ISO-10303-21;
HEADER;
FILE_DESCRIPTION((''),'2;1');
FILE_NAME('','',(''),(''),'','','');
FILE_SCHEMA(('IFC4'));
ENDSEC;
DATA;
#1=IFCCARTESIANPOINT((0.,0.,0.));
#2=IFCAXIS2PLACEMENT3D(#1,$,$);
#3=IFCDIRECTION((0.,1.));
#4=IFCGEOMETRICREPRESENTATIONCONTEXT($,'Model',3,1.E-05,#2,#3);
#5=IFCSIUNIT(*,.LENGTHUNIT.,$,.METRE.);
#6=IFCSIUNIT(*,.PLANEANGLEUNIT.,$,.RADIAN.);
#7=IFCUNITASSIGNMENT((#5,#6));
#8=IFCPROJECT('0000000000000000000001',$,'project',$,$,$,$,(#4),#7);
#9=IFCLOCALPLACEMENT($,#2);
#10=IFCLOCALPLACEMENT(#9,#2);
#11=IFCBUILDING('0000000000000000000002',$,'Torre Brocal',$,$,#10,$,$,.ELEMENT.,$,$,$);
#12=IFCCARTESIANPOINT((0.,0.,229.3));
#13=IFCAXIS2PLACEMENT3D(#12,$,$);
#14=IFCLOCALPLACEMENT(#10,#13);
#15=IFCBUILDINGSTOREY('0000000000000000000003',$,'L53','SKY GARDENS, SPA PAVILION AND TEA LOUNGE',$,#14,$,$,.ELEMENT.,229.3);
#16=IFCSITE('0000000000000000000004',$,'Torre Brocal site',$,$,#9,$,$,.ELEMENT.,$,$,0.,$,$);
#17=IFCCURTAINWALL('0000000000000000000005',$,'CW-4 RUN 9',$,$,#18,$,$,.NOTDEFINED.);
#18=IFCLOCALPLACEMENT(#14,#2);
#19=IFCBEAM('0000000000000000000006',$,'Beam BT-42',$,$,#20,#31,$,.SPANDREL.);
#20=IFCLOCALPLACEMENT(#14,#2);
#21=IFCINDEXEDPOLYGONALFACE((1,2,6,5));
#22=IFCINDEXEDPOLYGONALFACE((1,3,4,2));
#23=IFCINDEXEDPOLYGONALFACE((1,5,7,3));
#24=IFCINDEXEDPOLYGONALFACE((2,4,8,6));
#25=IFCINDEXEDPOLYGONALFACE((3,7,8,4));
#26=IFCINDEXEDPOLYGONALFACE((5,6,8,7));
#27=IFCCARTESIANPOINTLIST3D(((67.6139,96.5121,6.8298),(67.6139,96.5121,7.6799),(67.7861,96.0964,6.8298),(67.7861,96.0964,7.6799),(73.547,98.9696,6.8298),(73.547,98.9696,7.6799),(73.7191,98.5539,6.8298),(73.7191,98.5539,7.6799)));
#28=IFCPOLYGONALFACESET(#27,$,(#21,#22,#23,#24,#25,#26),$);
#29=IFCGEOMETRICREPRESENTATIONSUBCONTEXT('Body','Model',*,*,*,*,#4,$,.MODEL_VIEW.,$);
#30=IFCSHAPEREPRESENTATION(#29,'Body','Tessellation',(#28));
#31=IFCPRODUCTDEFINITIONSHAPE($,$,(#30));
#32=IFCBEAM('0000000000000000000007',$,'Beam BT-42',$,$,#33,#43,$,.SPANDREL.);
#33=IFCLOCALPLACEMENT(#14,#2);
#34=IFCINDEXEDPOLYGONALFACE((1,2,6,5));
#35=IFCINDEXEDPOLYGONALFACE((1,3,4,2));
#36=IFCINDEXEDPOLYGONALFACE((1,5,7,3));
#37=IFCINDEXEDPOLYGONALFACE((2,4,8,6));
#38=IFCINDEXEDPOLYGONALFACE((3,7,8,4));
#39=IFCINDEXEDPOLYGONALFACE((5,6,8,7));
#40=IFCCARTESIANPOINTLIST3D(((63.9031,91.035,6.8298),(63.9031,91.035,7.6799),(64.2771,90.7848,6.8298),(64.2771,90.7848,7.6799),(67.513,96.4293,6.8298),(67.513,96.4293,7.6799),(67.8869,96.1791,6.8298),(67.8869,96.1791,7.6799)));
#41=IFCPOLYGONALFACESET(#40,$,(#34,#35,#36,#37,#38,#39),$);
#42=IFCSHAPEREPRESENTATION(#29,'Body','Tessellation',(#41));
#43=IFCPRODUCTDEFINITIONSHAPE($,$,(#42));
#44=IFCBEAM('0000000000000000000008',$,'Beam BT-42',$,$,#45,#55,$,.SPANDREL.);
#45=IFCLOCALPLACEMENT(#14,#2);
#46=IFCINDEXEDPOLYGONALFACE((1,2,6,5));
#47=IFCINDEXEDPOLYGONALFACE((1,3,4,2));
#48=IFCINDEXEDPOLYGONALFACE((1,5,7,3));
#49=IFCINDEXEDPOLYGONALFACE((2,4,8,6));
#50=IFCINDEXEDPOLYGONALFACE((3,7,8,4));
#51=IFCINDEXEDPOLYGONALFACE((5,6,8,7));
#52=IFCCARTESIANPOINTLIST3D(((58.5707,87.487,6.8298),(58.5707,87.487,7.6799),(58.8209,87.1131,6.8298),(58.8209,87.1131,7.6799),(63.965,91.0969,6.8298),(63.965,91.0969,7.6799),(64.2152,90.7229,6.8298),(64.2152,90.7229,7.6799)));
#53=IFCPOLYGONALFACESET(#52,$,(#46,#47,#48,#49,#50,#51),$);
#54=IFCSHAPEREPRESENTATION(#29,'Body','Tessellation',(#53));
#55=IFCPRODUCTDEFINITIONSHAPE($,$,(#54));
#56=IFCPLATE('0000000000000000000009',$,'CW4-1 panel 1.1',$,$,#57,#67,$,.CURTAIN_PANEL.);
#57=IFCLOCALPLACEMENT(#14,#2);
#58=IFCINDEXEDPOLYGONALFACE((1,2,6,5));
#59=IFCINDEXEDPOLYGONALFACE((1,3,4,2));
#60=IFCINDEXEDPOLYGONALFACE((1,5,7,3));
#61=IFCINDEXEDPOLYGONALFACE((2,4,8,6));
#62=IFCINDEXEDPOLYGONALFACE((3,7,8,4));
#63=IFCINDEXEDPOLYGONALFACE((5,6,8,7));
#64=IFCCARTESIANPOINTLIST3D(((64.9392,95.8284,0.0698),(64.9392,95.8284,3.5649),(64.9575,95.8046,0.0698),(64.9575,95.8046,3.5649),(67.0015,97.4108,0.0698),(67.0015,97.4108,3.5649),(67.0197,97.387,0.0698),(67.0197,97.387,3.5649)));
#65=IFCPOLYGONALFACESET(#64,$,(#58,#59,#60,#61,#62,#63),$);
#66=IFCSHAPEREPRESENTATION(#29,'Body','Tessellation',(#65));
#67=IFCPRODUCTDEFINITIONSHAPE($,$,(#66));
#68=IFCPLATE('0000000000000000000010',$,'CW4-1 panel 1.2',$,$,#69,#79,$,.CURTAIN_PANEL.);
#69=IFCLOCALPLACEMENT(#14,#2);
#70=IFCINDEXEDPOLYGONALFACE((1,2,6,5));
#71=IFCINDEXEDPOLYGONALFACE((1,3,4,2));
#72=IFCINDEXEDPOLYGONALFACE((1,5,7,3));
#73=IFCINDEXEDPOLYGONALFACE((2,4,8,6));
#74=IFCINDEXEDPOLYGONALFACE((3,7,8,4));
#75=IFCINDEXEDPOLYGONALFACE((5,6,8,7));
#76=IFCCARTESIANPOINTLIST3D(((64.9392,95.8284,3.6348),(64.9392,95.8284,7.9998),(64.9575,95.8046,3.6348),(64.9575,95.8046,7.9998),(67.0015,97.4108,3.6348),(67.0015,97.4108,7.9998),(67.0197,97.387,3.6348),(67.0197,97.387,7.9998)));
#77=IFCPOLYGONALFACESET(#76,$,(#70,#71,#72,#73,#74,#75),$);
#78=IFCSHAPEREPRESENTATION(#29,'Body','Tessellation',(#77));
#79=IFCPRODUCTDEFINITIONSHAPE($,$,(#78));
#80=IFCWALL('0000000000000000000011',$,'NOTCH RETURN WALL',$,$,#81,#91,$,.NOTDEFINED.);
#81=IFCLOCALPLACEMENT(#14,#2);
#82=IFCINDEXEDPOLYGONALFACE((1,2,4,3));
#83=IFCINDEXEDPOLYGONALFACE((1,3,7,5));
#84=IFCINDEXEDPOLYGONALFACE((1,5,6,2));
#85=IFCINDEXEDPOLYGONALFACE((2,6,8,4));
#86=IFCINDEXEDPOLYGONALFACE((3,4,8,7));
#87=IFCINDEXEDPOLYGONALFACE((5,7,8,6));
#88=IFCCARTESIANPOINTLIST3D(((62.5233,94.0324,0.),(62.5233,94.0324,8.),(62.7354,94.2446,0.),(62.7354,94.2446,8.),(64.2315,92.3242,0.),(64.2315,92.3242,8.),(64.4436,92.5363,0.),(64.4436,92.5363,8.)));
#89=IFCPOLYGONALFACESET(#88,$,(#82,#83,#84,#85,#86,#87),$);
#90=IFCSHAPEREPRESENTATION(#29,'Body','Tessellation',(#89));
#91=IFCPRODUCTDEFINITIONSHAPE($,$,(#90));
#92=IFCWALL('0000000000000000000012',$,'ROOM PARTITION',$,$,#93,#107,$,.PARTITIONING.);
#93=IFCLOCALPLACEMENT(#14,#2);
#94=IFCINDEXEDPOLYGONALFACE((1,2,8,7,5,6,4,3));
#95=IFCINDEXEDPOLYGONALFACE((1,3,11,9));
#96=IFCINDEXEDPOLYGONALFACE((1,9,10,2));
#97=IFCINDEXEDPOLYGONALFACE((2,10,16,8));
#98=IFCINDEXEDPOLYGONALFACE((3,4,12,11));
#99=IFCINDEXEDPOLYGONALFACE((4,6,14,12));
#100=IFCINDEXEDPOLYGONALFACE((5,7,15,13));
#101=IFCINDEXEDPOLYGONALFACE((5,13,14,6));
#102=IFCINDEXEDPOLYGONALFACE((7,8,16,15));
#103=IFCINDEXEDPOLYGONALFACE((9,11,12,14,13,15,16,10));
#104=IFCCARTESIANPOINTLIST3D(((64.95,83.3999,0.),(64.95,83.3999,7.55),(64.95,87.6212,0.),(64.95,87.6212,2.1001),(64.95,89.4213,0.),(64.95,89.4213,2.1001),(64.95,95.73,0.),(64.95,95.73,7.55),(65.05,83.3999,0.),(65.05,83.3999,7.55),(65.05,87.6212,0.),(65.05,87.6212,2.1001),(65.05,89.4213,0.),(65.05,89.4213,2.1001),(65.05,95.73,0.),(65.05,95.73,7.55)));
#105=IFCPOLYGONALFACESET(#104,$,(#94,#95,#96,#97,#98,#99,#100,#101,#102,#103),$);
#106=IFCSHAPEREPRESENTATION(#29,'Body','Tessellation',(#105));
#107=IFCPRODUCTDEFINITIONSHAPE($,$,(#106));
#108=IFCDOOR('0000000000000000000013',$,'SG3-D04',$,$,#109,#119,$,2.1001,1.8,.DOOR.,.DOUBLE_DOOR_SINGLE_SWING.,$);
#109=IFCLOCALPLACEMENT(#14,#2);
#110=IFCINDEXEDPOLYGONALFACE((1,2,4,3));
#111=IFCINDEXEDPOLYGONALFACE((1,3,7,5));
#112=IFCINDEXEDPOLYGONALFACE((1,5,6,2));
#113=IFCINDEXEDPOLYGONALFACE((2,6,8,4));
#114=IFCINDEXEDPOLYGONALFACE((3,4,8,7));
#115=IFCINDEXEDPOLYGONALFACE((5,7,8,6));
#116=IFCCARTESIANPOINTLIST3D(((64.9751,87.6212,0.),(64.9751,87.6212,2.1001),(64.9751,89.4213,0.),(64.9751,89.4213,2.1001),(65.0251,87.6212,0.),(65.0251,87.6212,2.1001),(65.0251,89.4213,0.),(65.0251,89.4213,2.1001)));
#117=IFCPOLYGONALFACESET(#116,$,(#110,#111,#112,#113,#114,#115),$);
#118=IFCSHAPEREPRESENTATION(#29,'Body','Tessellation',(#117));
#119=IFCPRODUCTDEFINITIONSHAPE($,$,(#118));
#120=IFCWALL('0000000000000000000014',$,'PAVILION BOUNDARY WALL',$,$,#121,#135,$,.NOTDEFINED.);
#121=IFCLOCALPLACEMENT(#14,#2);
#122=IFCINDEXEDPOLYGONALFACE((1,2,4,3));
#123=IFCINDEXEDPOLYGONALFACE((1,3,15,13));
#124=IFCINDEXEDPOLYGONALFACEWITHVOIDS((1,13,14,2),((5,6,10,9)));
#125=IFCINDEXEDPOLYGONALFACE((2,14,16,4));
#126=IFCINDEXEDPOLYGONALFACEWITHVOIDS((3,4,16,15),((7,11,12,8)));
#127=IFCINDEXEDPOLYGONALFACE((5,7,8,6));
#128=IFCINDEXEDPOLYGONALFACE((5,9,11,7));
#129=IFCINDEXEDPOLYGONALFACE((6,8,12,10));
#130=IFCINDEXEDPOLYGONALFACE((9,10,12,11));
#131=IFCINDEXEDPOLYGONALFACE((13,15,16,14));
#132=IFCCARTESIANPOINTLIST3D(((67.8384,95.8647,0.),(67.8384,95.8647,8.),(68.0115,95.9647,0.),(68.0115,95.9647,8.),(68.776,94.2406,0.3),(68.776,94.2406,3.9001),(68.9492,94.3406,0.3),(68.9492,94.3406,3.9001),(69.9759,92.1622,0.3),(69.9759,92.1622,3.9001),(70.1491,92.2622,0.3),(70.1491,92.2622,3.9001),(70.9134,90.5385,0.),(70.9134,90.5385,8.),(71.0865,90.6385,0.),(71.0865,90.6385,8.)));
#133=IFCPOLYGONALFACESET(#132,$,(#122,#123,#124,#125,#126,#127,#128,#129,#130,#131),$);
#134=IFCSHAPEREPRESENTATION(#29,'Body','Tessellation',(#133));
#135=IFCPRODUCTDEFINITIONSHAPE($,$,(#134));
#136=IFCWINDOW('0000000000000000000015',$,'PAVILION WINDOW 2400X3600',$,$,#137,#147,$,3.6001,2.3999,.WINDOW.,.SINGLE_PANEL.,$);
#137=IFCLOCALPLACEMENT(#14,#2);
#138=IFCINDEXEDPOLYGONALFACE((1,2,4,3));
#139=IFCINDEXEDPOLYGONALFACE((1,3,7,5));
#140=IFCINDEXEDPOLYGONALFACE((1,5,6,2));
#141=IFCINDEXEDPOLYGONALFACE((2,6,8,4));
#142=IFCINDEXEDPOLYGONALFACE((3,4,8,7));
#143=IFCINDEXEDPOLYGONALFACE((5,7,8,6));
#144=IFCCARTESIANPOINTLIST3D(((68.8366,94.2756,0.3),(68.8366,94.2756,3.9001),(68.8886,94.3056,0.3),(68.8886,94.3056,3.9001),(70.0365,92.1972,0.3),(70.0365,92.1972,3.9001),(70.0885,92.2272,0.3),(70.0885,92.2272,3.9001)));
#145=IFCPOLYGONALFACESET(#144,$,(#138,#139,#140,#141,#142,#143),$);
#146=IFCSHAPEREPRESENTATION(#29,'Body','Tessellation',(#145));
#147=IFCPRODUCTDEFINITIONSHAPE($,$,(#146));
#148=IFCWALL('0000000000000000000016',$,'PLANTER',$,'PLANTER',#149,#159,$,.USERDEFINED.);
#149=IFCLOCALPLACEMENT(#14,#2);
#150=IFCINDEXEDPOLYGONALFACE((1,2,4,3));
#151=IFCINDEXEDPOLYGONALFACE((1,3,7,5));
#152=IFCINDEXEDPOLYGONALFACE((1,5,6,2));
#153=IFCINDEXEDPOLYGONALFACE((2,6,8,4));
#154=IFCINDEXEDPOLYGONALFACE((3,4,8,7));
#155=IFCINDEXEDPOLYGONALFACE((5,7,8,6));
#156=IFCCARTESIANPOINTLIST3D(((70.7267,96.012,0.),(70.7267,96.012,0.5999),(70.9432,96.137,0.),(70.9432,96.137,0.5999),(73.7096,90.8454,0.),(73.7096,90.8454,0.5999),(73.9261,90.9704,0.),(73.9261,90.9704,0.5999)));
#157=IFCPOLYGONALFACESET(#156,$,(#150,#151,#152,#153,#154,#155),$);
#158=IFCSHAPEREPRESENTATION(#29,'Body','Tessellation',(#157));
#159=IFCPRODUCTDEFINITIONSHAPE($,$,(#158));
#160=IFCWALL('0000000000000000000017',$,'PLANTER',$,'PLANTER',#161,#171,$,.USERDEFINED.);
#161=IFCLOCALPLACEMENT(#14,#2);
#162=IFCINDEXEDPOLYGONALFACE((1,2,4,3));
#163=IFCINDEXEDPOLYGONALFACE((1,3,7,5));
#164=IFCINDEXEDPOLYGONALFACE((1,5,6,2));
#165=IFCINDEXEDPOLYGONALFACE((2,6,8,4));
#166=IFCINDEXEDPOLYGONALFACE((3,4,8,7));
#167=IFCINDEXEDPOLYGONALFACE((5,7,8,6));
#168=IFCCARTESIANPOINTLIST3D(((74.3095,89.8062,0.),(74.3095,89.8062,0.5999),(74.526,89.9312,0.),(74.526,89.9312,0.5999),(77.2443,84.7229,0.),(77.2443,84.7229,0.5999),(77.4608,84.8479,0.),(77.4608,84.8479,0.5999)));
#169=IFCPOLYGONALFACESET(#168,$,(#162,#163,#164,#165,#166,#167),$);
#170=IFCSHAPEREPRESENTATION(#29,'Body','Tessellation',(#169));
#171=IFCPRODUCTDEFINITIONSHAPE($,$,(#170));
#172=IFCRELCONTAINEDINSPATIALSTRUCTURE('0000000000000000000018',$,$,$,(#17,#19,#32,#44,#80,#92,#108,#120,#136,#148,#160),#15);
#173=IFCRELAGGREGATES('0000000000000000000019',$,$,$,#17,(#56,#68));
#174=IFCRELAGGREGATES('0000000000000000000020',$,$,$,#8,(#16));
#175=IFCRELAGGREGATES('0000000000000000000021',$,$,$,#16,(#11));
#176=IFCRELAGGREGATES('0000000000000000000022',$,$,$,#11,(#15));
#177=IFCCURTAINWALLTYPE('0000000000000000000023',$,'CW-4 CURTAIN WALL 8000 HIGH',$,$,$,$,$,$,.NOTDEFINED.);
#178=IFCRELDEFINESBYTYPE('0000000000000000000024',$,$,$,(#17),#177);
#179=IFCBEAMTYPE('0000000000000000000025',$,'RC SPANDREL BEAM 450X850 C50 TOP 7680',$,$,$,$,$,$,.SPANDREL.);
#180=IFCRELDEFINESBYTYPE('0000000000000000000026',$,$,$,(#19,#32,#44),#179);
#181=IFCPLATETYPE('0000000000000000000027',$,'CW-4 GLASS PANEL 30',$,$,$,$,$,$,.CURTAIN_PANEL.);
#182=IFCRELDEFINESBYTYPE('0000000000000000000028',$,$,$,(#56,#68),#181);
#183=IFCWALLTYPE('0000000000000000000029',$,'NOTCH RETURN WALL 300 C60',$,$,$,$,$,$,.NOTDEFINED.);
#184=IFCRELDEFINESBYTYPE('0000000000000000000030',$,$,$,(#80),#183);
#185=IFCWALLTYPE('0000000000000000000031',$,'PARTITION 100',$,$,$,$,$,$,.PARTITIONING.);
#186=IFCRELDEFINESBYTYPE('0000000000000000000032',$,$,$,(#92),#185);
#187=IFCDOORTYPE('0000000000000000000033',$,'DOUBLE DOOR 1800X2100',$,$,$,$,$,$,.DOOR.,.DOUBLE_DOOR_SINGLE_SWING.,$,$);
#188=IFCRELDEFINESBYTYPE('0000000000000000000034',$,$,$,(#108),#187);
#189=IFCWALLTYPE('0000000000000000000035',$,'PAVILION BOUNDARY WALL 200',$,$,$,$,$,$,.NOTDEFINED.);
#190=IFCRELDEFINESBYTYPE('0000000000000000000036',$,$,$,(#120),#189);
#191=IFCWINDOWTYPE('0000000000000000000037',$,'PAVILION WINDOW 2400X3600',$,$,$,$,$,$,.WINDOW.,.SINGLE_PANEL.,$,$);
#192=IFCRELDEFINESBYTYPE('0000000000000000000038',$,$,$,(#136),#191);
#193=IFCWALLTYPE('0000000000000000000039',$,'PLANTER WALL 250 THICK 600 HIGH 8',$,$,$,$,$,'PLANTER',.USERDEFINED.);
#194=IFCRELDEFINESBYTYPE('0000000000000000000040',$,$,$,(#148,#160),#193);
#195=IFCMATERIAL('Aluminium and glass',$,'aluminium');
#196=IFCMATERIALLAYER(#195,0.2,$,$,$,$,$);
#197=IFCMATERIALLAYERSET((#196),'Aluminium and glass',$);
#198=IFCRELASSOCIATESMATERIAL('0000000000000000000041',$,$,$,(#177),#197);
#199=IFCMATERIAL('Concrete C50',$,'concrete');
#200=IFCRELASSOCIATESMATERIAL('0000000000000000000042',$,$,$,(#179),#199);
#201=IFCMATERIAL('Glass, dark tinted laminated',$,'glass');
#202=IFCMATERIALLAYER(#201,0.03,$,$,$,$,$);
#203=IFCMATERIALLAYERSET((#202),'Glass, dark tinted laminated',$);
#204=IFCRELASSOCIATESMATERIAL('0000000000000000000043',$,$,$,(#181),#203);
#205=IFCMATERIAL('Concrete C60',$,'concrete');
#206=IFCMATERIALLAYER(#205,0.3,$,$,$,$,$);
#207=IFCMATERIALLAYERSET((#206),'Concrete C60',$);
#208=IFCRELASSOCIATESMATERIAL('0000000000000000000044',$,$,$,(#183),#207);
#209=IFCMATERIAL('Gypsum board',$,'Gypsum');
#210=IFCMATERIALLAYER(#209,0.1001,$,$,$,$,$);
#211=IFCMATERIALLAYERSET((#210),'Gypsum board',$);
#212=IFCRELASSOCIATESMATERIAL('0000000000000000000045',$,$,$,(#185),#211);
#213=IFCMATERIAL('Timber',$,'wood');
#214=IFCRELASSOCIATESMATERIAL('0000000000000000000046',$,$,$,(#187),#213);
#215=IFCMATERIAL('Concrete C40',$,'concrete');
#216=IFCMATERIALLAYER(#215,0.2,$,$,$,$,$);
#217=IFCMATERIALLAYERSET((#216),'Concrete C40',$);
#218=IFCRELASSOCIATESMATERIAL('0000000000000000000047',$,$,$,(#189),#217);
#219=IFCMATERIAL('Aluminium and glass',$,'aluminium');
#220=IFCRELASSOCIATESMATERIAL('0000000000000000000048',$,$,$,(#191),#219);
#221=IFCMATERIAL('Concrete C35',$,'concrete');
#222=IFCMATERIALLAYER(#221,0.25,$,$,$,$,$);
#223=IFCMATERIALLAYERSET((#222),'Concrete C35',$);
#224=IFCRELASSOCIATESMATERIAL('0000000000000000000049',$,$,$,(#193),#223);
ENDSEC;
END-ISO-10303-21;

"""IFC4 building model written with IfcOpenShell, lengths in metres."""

from ifc_helpers import new_model, si_unit, direction, frame, frame_2d, origin, origin_2d, place, context, subcontext, project, spatial, rectangle, extrude, material, layer, layer_set, material_profile, profile_set, type_object, element, fill, aggregate, save


model = new_model("IFC4")

# Units and contexts
model_context = context("Model", 3, precision=1e-05, world=origin(), true_north=direction((0.0, 1.0)))
body_context = subcontext(model_context, "Body", "Model", "MODEL_VIEW")
ifc_project = project(units=[si_unit("LENGTHUNIT", "METRE"), si_unit("PLANEANGLEUNIT", "RADIAN")], contexts=[model_context])

# Site, building, storey
site_placement = place(None, origin())
site = spatial("IfcSite", under=ifc_project, at=site_placement, Name="Torre Brocal site", CompositionType="ELEMENT", RefElevation=0.0)
building_placement = place(site_placement, origin())
building = spatial("IfcBuilding", under=site, at=building_placement, Name="Torre Brocal", CompositionType="ELEMENT")
storey_placement = place(building_placement, frame((0.0, 0.0, 229.3)))
storey = spatial("IfcBuildingStorey", under=building, at=storey_placement, Name="L53", Description="SKY GARDENS, SPA PAVILION AND TEA LOUNGE", CompositionType="ELEMENT", Elevation=229.3)

# Curtain wall
ifc_material_1 = material(Name="Aluminium and glass", Category="aluminium")
ifc_layer_1 = layer(ifc_material_1, 0.2)
ifc_layer_set_1 = layer_set([ifc_layer_1], Name="Aluminium and glass")
curtain_wall_type = type_object("IfcCurtainWallType", Name="CW-4 CURTAIN WALL 8000 HIGH", PredefinedType="NOTDEFINED", material=ifc_layer_set_1)
curtain_wall_placement = place(storey_placement, origin())
curtain_wall = element("IfcCurtainWall", 1, at=curtain_wall_placement, inside=storey, type_object=curtain_wall_type, Name="CW-4 RUN 9", PredefinedType="NOTDEFINED")

# Beams
ifc_material_2 = material(Name="Concrete C50", Category="concrete")
ifc_material_profile_1 = material_profile(ifc_material_2, rectangle(XDim=0.45, YDim=0.8501, at=origin_2d()), Name="RC 450X850")
ifc_profile_set_1 = profile_set([ifc_material_profile_1], Name="Concrete C50")
beam_type_1 = type_object("IfcBeamType", Name="RC SPANDREL BEAM 450X850 C50 TOP 7680", PredefinedType="SPANDREL", material=ifc_profile_set_1)
beam_1_placement = place(storey_placement, frame((73.6331, 98.7617, 7.2549), z_axis=(-0.923882, -0.382676, 0.0), x_axis=(0.382676, -0.923882, 0.0)))
element("IfcBeam", 2, at=beam_1_placement, inside=storey, type_object=beam_type_1, Name="Beam BT-42", PredefinedType="SPANDREL", context=body_context, shape_type="SweptSolid", body=[
    extrude(rectangle(XDim=0.45, YDim=0.8501, at=origin_2d()), origin(), (0.0, 0.0, 1.0), 6.4219),
])
for number, where, z_axis, x_axis, name in (
    (3, (67.7, 96.3042, 7.2549), (-0.556158, -0.831077, 0.0), (0.831077, -0.556158, 0.0), "Beam BT-42"),
    (4, (64.0901, 90.9099, 7.2549), (-0.831077, -0.556158, 0.0), (0.556158, -0.831077, 0.0), "Beam BT-42"),
):
    element("IfcBeam", number, at=place(storey_placement, frame(where, z_axis=z_axis, x_axis=x_axis)), inside=storey, type_object=beam_type_1, Name=name, PredefinedType="SPANDREL", context=body_context, shape_type="SweptSolid", body=[
        extrude(rectangle(XDim=0.45, YDim=0.8501, at=origin_2d()), origin(), (0.0, 0.0, 1.0), 6.4907),
    ])

# Plates
ifc_material_3 = material(Name="Glass, dark tinted laminated", Category="glass")
ifc_layer_2 = layer(ifc_material_3, 0.03)
ifc_layer_set_2 = layer_set([ifc_layer_2], Name="Glass, dark tinted laminated")
plate_type = type_object("IfcPlateType", Name="CW-4 GLASS PANEL 30", PredefinedType="CURTAIN_PANEL", material=ifc_layer_set_2)
plate_1_placement = place(storey_placement, frame((65.9795, 96.6077, 0.0698), z_axis=(0.0, 0.0, 1.0), x_axis=(-0.793353, -0.608761, 0.0)))
plate_1 = element("IfcPlate", 5, at=plate_1_placement, type_object=plate_type, Name="CW4-1 panel 1.1", PredefinedType="CURTAIN_PANEL", context=body_context, shape_type="SweptSolid", body=[
    extrude(rectangle(XDim=2.5994, YDim=0.03, at=origin_2d()), origin(), (0.0, 0.0, 1.0), 3.4951),
])
plate_2_placement = place(storey_placement, frame((65.9795, 96.6077, 3.6348), z_axis=(0.0, 0.0, 1.0), x_axis=(-0.793353, -0.608761, 0.0)))
plate_2 = element("IfcPlate", 6, at=plate_2_placement, type_object=plate_type, Name="CW4-1 panel 1.2", PredefinedType="CURTAIN_PANEL", context=body_context, shape_type="SweptSolid", body=[
    extrude(rectangle(XDim=2.5994, YDim=0.03, at=origin_2d()), origin(), (0.0, 0.0, 1.0), 4.365),
])
aggregate(curtain_wall, [plate_1, plate_2])

# Wall
ifc_material_4 = material(Name="Concrete C60", Category="concrete")
ifc_layer_3 = layer(ifc_material_4, 0.3)
ifc_layer_set_3 = layer_set([ifc_layer_3], Name="Concrete C60")
wall_type_1 = type_object("IfcWallType", Name="NOTCH RETURN WALL 300 C60", PredefinedType="NOTDEFINED", material=ifc_layer_set_3)
wall_1_placement = place(storey_placement, frame((64.3376, 92.4302, 0.0), z_axis=(0.0, 0.0, 1.0), x_axis=(-0.707107, 0.707107, 0.0)))
element("IfcWall", 7, at=wall_1_placement, inside=storey, type_object=wall_type_1, Name="NOTCH RETURN WALL", PredefinedType="NOTDEFINED", context=body_context, shape_type="SweptSolid", body=[
    extrude(rectangle(XDim=2.4158, YDim=0.3, at=frame_2d((1.208, 0.0))), origin(), (0.0, 0.0, 1.0), 8.0),
])

# Wall, opening, door
ifc_material_5 = material(Name="Gypsum board", Category="Gypsum")
ifc_layer_4 = layer(ifc_material_5, 0.1001)
ifc_layer_set_4 = layer_set([ifc_layer_4], Name="Gypsum board")
wall_type_2 = type_object("IfcWallType", Name="PARTITION 100", PredefinedType="PARTITIONING", material=ifc_layer_set_4)
wall_2_placement = place(storey_placement, frame((65.0, 83.3999, 0.0), z_axis=(0.0, 0.0, 1.0), x_axis=(0.0, 1.0, 0.0)))
wall_2 = element("IfcWall", 8, at=wall_2_placement, inside=storey, type_object=wall_type_2, Name="ROOM PARTITION", PredefinedType="PARTITIONING", context=body_context, shape_type="SweptSolid", body=[
    extrude(rectangle(XDim=12.3301, YDim=0.1001, at=frame_2d((6.165, 0.0))), origin(), (0.0, 0.0, 1.0), 7.55),
])
opening_1_placement = place(wall_2_placement, frame((4.2214, 0.0, 0.0)))
opening_1 = element("IfcOpeningElement", 9, at=opening_1_placement, cuts=wall_2, PredefinedType="OPENING", context=body_context, shape_type="SweptSolid", body=[
    extrude(rectangle(XDim=1.8, YDim=2.1001, at=frame_2d((0.8999, 1.05))), frame((0.0, 0.0601, 0.0), z_axis=(0.0, -1.0, 0.0), x_axis=(1.0, 0.0, 0.0)), (0.0, 0.0, 1.0), 0.1201),
])
ifc_material_6 = material(Name="Timber", Category="wood")
door_type = type_object("IfcDoorType", Name="DOUBLE DOOR 1800X2100", OperationType="DOUBLE_DOOR_SINGLE_SWING", PredefinedType="DOOR", material=ifc_material_6)
door_placement = place(opening_1_placement, origin())
door = element("IfcDoor", 10, at=door_placement, inside=storey, type_object=door_type, Name="SG3-D04", OperationType="DOUBLE_DOOR_SINGLE_SWING", OverallHeight=2.1001, OverallWidth=1.8, PredefinedType="DOOR", context=body_context, shape_type="SweptSolid", body=[
    extrude(rectangle(XDim=1.8, YDim=2.1001, at=frame_2d((0.8999, 1.05))), frame((0.0, 0.0249, 0.0), z_axis=(0.0, -1.0, 0.0), x_axis=(1.0, 0.0, 0.0)), (0.0, 0.0, 1.0), 0.05),
])
fill(opening_1, door)

# Wall, opening, window
ifc_material_7 = material(Name="Concrete C40", Category="concrete")
ifc_layer_5 = layer(ifc_material_7, 0.2)
ifc_layer_set_5 = layer_set([ifc_layer_5], Name="Concrete C40")
wall_type_3 = type_object("IfcWallType", Name="PAVILION BOUNDARY WALL 200", PredefinedType="NOTDEFINED", material=ifc_layer_set_5)
wall_3_placement = place(storey_placement, frame((71.0, 90.5884, 0.0), z_axis=(0.0, 0.0, 1.0), x_axis=(-0.499986, 0.866034, 0.0)))
wall_3 = element("IfcWall", 11, at=wall_3_placement, inside=storey, type_object=wall_type_3, Name="PAVILION BOUNDARY WALL", PredefinedType="NOTDEFINED", context=body_context, shape_type="SweptSolid", body=[
    extrude(rectangle(XDim=6.1501, YDim=0.2, at=frame_2d((3.0752, 0.0))), origin(), (0.0, 0.0, 1.0), 8.0),
])
opening_2_placement = place(wall_3_placement, frame((1.875, 0.0, 0.3)))
opening_2 = element("IfcOpeningElement", 12, at=opening_2_placement, cuts=wall_3, PredefinedType="OPENING", context=body_context, shape_type="SweptSolid", body=[
    extrude(rectangle(XDim=2.3999, YDim=3.6001, at=frame_2d((1.2, 1.8))), frame((0.0, 0.1099, 0.0), z_axis=(0.0, -1.0, 0.0), x_axis=(1.0, 0.0, 0.0)), (0.0, 0.0, 1.0), 0.22),
])
ifc_material_8 = material(Name="Aluminium and glass", Category="aluminium")
window_type = type_object("IfcWindowType", Name="PAVILION WINDOW 2400X3600", PartitioningType="SINGLE_PANEL", PredefinedType="WINDOW", material=ifc_material_8)
window_placement = place(opening_2_placement, origin())
window = element("IfcWindow", 13, at=window_placement, inside=storey, type_object=window_type, Name="PAVILION WINDOW 2400X3600", OverallHeight=3.6001, OverallWidth=2.3999, PartitioningType="SINGLE_PANEL", PredefinedType="WINDOW", context=body_context, shape_type="SweptSolid", body=[
    extrude(rectangle(XDim=2.3999, YDim=3.6001, at=frame_2d((1.2, 1.8))), frame((0.0, 0.03, 0.0), z_axis=(0.0, -1.0, 0.0), x_axis=(1.0, 0.0, 0.0)), (0.0, 0.0, 1.0), 0.0601),
])
fill(opening_2, window)

# Walls
ifc_material_9 = material(Name="Concrete C35", Category="concrete")
ifc_layer_6 = layer(ifc_material_9, 0.25)
ifc_layer_set_6 = layer_set([ifc_layer_6], Name="Concrete C35")
wall_type_4 = type_object("IfcWallType", Name="PLANTER WALL 250 THICK 600 HIGH 8", ElementType="PLANTER", PredefinedType="USERDEFINED", material=ifc_layer_set_6)
wall_4_placement = place(storey_placement, frame((70.835, 96.0745, 0.0), z_axis=(0.0, 0.0, 1.0), x_axis=(0.500003, -0.866023, 0.0)))
element("IfcWall", 14, at=wall_4_placement, inside=storey, type_object=wall_type_4, Name="PLANTER", ObjectType="PLANTER", PredefinedType="USERDEFINED", context=body_context, shape_type="SweptSolid", body=[
    extrude(rectangle(XDim=5.9658, YDim=0.25, at=frame_2d((2.9829, 0.0))), origin(), (0.0, 0.0, 1.0), 0.5999),
])
wall_5_placement = place(storey_placement, frame((74.4177, 89.8687, 0.0), z_axis=(0.0, 0.0, 1.0), x_axis=(0.5, -0.866026, 0.0)))
element("IfcWall", 15, at=wall_5_placement, inside=storey, type_object=wall_type_4, Name="PLANTER", ObjectType="PLANTER", PredefinedType="USERDEFINED", context=body_context, shape_type="SweptSolid", body=[
    extrude(rectangle(XDim=5.8696, YDim=0.25, at=frame_2d((2.9348, 0.0))), origin(), (0.0, 0.0, 1.0), 0.5999),
])

save(model, "model.ifc")
